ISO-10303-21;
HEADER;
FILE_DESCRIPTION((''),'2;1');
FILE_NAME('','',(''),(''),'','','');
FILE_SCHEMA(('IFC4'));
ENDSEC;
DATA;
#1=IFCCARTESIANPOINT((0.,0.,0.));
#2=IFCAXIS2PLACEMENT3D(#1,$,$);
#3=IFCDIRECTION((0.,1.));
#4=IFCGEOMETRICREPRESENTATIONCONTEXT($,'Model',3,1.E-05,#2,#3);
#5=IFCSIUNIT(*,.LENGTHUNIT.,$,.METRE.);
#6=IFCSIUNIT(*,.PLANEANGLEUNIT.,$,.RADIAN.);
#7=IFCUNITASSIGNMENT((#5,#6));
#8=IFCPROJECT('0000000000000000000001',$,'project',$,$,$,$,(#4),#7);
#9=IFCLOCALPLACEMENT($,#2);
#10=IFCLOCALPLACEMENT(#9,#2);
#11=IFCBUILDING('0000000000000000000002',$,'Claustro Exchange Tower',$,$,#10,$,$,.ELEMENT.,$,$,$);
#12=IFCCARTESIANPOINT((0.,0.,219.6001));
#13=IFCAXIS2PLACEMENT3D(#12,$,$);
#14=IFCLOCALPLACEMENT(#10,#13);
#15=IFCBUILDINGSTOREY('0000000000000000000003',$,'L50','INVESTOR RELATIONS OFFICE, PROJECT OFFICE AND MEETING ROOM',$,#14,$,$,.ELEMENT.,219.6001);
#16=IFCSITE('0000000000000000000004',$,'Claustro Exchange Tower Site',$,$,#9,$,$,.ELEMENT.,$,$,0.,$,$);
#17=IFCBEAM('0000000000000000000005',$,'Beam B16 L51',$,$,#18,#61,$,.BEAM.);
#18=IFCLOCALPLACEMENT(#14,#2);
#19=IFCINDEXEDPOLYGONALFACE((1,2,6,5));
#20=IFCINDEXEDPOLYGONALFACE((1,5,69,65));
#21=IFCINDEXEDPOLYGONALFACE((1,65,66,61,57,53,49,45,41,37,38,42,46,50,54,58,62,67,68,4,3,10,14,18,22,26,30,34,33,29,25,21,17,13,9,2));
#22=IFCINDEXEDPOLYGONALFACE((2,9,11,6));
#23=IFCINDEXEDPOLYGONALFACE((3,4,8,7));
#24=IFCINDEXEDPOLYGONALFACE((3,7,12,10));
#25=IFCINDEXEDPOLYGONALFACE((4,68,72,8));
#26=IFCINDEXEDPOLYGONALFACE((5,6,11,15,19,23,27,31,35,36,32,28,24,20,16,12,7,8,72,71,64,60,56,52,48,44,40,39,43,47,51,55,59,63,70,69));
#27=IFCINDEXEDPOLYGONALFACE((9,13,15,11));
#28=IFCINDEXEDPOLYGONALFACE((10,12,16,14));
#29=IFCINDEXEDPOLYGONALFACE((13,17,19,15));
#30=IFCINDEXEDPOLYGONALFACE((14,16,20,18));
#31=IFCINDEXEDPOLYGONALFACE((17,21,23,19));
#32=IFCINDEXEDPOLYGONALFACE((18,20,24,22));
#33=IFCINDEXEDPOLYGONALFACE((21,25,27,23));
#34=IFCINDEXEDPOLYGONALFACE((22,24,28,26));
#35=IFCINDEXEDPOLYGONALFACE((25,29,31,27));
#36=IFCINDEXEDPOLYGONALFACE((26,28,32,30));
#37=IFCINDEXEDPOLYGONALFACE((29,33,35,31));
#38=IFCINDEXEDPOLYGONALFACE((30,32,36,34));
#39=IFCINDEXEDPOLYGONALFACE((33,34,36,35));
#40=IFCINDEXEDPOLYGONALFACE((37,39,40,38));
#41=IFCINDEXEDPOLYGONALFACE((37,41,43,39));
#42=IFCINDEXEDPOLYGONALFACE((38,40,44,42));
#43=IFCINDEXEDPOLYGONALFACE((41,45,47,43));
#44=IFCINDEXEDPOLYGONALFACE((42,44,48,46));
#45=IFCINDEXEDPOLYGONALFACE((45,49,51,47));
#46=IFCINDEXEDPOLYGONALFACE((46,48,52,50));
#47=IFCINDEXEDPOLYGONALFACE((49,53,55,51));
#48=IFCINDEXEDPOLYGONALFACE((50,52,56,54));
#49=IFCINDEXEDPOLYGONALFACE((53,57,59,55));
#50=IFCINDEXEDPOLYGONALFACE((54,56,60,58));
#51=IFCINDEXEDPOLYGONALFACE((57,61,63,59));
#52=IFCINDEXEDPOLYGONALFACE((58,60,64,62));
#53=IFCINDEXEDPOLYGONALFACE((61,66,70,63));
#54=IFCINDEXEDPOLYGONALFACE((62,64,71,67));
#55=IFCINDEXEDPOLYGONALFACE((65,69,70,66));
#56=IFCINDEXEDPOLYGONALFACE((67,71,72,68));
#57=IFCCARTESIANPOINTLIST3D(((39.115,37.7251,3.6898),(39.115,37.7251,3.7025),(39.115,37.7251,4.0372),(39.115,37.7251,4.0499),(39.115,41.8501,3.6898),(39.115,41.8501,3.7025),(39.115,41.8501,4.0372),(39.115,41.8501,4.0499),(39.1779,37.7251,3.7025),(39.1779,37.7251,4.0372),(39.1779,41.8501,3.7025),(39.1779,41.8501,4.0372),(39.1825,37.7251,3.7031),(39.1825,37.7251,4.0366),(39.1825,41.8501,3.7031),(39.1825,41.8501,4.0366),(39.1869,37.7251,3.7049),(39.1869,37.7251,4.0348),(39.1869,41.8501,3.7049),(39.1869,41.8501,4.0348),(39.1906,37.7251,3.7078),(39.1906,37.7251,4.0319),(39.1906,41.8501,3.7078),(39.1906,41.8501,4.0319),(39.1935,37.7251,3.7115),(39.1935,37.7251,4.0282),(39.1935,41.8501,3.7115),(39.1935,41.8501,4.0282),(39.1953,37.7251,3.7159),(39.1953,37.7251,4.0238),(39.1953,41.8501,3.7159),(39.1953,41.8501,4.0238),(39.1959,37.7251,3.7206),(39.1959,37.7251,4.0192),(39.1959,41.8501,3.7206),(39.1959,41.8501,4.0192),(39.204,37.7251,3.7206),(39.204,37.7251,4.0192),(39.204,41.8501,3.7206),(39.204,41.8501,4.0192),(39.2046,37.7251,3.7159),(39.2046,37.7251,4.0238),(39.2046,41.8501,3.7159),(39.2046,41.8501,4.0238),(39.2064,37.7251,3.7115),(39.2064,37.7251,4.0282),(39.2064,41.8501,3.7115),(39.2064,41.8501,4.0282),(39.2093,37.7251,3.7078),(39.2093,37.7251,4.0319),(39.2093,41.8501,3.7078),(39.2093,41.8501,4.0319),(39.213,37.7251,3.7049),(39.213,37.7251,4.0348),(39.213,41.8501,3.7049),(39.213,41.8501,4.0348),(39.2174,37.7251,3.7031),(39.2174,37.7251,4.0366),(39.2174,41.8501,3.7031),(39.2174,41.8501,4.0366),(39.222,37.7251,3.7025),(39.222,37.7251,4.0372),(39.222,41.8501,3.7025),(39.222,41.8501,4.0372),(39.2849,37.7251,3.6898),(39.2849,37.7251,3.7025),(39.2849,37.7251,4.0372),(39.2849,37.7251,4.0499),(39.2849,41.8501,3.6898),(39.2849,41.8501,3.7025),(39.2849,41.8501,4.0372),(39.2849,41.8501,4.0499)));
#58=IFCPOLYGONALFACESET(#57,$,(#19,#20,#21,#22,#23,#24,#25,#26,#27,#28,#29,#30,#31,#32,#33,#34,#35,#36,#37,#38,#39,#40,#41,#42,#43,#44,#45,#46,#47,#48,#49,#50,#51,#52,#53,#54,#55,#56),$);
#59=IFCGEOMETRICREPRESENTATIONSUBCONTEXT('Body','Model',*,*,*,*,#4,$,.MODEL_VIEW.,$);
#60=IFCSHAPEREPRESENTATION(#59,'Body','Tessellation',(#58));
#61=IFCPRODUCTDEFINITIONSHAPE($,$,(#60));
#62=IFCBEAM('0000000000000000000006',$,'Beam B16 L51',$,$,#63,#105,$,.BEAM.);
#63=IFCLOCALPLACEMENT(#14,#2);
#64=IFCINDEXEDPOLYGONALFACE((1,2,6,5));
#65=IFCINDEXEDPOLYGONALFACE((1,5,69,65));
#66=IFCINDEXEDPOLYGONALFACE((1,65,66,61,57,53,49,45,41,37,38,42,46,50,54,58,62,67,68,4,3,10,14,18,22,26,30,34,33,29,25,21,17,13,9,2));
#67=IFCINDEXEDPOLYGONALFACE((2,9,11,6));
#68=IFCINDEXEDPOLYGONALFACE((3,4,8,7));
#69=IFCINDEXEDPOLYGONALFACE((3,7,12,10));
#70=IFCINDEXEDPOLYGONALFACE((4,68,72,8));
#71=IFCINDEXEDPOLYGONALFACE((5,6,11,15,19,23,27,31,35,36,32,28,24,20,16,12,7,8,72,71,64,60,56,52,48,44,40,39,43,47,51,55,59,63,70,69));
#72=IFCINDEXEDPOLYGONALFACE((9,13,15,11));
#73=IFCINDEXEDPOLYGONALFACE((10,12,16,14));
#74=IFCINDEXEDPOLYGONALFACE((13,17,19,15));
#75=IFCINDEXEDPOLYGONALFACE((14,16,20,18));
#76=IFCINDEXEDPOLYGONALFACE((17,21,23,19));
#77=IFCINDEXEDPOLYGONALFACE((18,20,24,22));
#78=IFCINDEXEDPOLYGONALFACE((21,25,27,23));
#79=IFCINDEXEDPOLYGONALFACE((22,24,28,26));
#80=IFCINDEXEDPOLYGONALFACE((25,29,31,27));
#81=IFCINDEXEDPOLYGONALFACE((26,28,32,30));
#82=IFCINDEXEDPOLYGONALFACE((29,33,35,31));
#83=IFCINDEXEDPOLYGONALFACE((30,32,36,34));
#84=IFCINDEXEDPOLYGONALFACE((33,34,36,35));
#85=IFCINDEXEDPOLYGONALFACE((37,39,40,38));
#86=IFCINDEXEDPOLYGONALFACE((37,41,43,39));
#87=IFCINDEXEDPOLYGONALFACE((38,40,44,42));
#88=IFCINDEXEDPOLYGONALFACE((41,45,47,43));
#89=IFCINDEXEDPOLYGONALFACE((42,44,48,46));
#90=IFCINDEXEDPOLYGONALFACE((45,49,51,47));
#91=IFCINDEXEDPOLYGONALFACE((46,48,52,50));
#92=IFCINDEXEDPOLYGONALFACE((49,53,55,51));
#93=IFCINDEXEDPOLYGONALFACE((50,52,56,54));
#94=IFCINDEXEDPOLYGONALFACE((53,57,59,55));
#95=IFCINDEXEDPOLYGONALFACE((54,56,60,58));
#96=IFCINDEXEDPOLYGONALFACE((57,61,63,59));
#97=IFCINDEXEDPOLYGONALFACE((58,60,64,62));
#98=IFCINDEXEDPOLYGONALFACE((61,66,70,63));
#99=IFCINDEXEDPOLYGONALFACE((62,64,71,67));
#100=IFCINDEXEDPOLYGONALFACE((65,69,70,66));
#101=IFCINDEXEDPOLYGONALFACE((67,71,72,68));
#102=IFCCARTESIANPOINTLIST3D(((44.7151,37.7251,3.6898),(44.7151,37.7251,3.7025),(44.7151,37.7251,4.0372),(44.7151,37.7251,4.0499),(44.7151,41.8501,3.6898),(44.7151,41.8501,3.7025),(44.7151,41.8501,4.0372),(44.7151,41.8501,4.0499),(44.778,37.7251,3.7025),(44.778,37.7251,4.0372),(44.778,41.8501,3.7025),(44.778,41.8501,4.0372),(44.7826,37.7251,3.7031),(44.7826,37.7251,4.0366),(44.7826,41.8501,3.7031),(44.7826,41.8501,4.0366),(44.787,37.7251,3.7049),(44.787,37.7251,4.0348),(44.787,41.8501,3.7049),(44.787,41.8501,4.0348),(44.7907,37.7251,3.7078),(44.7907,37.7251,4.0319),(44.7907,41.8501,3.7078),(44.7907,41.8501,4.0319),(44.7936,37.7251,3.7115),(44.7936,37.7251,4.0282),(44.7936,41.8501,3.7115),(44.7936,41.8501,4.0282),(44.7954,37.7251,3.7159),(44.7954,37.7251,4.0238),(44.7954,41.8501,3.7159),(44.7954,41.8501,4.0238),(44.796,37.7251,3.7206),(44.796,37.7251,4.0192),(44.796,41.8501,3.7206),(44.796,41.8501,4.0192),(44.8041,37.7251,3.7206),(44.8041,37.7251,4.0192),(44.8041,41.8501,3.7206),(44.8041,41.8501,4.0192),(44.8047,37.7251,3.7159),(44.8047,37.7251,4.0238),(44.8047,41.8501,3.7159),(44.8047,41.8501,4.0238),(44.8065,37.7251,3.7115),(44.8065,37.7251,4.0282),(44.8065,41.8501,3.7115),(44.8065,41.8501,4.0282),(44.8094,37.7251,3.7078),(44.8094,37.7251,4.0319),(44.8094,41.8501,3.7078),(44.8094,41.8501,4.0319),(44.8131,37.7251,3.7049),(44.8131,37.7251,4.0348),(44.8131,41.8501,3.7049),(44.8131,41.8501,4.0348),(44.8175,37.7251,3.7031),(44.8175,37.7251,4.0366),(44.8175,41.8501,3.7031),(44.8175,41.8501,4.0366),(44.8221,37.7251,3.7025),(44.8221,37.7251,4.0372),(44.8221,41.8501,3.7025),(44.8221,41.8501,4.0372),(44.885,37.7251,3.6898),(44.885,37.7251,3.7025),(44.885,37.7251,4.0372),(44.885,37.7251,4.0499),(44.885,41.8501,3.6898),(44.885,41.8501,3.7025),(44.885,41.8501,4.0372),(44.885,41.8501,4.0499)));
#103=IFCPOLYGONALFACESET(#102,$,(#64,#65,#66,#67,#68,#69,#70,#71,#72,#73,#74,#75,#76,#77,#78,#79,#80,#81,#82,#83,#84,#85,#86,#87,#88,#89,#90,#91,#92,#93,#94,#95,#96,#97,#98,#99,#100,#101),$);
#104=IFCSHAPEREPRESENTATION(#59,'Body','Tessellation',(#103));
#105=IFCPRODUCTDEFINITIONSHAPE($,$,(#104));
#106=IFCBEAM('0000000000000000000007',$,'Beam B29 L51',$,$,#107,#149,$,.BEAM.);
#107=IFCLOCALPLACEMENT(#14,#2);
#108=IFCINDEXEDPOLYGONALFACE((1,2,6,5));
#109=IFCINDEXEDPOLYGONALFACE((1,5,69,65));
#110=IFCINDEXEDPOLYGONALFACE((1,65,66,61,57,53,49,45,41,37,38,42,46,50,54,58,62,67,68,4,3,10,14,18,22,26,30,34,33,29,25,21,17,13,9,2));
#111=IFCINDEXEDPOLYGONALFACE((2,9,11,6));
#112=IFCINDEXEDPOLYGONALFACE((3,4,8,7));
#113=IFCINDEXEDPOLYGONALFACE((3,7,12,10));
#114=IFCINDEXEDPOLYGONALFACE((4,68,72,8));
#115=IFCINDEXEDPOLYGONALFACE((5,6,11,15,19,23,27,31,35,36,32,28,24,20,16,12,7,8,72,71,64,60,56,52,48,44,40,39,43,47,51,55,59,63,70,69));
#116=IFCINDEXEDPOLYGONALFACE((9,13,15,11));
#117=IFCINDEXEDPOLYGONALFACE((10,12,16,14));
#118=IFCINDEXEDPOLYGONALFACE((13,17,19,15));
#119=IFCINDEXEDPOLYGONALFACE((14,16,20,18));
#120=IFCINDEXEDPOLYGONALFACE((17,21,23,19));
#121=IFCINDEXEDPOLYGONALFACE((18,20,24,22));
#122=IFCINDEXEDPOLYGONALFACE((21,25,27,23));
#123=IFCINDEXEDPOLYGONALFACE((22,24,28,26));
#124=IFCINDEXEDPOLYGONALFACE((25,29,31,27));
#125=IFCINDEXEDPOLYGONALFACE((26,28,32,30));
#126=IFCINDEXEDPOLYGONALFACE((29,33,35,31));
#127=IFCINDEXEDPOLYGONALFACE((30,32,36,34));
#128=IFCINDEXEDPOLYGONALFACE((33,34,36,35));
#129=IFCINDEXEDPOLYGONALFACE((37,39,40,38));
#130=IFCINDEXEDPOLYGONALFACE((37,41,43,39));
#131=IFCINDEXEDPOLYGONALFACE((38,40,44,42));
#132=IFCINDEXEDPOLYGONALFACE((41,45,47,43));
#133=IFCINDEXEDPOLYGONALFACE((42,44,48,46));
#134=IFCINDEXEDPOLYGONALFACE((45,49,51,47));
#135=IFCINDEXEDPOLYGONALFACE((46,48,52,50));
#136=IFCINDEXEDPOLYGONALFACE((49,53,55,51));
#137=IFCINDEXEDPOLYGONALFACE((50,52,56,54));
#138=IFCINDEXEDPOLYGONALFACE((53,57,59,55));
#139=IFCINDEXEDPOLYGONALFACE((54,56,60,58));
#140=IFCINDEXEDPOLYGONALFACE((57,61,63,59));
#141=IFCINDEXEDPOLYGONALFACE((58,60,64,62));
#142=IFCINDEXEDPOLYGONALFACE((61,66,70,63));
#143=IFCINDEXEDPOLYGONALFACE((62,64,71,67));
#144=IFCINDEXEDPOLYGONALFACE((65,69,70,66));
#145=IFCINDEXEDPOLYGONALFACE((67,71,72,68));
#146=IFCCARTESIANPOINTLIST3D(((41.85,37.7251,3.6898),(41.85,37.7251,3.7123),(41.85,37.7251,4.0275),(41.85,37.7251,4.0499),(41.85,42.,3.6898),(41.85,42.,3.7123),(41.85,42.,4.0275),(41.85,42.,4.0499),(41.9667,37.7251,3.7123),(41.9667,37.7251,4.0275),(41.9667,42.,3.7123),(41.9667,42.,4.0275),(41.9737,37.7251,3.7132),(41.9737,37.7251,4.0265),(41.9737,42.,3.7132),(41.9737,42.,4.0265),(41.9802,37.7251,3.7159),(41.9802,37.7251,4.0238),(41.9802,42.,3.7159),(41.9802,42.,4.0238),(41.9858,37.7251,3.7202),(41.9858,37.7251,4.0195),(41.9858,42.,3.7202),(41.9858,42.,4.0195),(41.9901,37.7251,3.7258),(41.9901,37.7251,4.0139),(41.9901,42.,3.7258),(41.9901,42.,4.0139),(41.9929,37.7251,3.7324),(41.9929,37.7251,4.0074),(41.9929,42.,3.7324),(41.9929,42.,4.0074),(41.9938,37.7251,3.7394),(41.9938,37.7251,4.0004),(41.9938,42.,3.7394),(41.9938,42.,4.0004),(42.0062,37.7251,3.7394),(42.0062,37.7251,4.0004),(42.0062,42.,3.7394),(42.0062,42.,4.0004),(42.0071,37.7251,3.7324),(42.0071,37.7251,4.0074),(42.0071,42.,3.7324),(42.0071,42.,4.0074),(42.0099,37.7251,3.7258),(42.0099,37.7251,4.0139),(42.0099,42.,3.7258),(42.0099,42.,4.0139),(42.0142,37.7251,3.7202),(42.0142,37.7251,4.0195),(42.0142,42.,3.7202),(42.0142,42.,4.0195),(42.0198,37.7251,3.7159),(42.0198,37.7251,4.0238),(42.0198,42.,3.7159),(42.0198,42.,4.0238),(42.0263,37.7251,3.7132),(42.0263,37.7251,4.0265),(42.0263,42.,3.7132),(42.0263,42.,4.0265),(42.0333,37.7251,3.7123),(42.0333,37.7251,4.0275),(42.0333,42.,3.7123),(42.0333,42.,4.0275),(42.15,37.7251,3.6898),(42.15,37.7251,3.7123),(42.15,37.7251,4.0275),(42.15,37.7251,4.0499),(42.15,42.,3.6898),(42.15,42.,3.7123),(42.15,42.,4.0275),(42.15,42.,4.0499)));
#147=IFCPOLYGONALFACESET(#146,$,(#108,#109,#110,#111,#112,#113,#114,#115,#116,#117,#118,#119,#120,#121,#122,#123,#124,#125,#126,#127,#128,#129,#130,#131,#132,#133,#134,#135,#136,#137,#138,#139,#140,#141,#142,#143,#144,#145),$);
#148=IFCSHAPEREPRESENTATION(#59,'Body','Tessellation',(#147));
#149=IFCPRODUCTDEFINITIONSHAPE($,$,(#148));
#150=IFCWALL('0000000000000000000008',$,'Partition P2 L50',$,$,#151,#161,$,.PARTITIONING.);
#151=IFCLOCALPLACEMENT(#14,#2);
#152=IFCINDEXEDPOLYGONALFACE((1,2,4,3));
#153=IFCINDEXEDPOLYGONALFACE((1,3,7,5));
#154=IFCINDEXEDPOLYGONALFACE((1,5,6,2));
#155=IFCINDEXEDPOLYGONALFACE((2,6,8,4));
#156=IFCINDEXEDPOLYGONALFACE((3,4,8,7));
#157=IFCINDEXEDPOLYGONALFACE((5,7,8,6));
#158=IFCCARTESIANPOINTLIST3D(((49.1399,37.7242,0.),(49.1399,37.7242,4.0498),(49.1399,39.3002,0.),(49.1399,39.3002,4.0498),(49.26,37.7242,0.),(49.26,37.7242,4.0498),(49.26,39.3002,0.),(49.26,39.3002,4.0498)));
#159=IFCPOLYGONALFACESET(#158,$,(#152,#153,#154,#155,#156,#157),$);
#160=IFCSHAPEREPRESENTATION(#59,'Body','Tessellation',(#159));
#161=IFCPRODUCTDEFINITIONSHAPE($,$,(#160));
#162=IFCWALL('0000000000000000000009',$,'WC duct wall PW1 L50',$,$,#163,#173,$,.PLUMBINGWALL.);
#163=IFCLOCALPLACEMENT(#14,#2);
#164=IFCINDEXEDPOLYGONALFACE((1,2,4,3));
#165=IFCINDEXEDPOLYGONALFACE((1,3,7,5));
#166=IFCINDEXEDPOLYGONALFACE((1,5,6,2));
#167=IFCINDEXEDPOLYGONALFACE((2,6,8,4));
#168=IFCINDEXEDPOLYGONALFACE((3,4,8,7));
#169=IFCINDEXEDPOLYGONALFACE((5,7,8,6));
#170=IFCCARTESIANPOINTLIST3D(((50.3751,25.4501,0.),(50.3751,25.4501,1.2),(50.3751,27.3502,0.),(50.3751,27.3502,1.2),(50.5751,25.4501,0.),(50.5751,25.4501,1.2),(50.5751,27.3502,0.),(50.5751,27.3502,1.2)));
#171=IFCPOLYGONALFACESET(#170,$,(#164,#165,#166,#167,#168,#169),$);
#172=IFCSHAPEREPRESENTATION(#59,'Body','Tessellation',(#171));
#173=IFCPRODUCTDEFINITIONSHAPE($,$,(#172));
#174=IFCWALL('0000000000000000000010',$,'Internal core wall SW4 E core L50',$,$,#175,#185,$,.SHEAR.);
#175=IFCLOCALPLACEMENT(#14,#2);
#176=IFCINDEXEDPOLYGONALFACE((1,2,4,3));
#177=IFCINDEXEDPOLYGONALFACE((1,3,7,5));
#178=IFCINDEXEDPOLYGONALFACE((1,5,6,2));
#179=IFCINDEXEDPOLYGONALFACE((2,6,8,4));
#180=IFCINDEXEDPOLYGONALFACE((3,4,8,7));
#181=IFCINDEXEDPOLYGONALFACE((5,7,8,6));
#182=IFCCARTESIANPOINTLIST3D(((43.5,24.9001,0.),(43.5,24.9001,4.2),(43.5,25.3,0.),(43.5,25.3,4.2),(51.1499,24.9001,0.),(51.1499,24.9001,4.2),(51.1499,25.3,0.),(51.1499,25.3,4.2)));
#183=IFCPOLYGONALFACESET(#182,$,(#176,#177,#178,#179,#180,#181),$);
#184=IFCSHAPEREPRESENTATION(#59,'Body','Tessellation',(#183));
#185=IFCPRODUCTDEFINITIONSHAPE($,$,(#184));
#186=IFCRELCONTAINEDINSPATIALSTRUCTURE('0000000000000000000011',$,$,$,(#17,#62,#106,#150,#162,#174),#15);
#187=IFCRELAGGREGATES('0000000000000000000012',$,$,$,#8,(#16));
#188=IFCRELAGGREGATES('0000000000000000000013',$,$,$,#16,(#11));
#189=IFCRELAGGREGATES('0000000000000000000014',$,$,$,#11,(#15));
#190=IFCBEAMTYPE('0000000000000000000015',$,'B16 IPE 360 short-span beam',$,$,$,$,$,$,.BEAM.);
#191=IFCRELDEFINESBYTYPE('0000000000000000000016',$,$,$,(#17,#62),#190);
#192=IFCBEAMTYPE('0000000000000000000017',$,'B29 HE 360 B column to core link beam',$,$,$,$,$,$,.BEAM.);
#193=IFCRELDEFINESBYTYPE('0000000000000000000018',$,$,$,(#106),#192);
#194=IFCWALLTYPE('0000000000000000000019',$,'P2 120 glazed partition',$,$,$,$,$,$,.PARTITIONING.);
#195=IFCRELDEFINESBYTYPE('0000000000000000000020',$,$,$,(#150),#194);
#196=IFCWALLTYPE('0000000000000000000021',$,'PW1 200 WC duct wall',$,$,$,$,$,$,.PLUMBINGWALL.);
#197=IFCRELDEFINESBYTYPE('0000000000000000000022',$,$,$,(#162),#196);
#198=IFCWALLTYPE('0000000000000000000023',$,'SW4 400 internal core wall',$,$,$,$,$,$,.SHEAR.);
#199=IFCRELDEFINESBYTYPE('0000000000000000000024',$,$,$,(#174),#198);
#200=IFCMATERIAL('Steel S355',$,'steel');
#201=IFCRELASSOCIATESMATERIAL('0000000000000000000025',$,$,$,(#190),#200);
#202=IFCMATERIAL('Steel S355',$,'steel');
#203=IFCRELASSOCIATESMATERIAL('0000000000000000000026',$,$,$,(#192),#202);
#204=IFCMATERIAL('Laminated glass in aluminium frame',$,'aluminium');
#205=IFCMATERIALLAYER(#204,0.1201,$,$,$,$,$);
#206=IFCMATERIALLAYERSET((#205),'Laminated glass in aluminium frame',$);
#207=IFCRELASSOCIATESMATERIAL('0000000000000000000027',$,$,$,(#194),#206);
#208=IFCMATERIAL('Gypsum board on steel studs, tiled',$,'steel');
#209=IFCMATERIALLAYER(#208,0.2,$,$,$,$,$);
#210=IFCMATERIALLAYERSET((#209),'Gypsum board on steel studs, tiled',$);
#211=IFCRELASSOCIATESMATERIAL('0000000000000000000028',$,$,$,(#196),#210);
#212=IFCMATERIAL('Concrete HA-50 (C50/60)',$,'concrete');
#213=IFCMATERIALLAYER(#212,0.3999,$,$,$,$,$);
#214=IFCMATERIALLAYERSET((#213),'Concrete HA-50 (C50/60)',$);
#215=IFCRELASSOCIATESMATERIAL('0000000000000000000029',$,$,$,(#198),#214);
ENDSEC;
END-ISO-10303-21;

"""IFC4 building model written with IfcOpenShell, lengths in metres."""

from ifc_helpers import new_model, si_unit, direction, frame, frame_2d, origin, origin_2d, place, context, subcontext, project, spatial, rectangle, i_section, extrude, material, layer, layer_set, material_profile, profile_set, type_object, element, save


model = new_model("IFC4")

# Units and contexts
model_context = context("Model", 3, precision=1e-05, world=origin(), true_north=direction((0.0, 1.0)))
body_context = subcontext(model_context, "Body", "Model", "MODEL_VIEW")
ifc_project = project(units=[si_unit("LENGTHUNIT", "METRE"), si_unit("PLANEANGLEUNIT", "RADIAN")], contexts=[model_context])

# Site, building, storey
site_placement = place(None, origin())
site = spatial("IfcSite", under=ifc_project, at=site_placement, Name="Claustro Exchange Tower Site", CompositionType="ELEMENT", RefElevation=0.0)
building_placement = place(site_placement, origin())
building = spatial("IfcBuilding", under=site, at=building_placement, Name="Claustro Exchange Tower", CompositionType="ELEMENT")
storey_placement = place(building_placement, frame((0.0, 0.0, 219.6001)))
storey = spatial("IfcBuildingStorey", under=building, at=storey_placement, Name="L50", Description="INVESTOR RELATIONS OFFICE, PROJECT OFFICE AND MEETING ROOM", CompositionType="ELEMENT", Elevation=219.6001)

# Beams
ifc_material_1 = material(Name="Steel S355", Category="steel")
ifc_material_profile_1 = material_profile(ifc_material_1, i_section(OverallWidth=0.1699, OverallDepth=0.3601, WebThickness=0.0081, FlangeThickness=0.0127, FilletRadius=0.0181, at=origin_2d()), Name="IPE 360")
ifc_profile_set_1 = profile_set([ifc_material_profile_1], Name="Steel S355")
beam_type_1 = type_object("IfcBeamType", Name="B16 IPE 360 short-span beam", PredefinedType="BEAM", material=ifc_profile_set_1)
for number, where, z_axis, x_axis, name in (
    (1, (39.2, 37.7251, 3.8699), (0.0, 1.0, 0.0), (-1.0, 0.0, 0.0), "Beam B16 L51"),
    (2, (44.8, 37.7251, 3.8699), (0.0, 1.0, 0.0), (-1.0, 0.0, 0.0), "Beam B16 L51"),
):
    element("IfcBeam", number, at=place(storey_placement, frame(where, z_axis=z_axis, x_axis=x_axis)), inside=storey, type_object=beam_type_1, Name=name, PredefinedType="BEAM", context=body_context, shape_type="SweptSolid", body=[
        extrude(i_section(OverallWidth=0.1699, OverallDepth=0.3601, WebThickness=0.0081, FlangeThickness=0.0127, FilletRadius=0.0181, at=origin_2d()), origin(), (0.0, 0.0, 1.0), 4.125),
    ])
ifc_material_2 = material(Name="Steel S355", Category="steel")
ifc_material_profile_2 = material_profile(ifc_material_2, i_section(OverallWidth=0.3, OverallDepth=0.3601, WebThickness=0.0125, FlangeThickness=0.0225, FilletRadius=0.0271, at=origin_2d()), Name="HE 360 B")
ifc_profile_set_2 = profile_set([ifc_material_profile_2], Name="Steel S355")
beam_type_2 = type_object("IfcBeamType", Name="B29 HE 360 B column to core link beam", PredefinedType="BEAM", material=ifc_profile_set_2)
beam_placement = place(storey_placement, frame((42.0, 37.7251, 3.8699), z_axis=(0.0, 1.0, 0.0), x_axis=(-1.0, 0.0, 0.0)))
element("IfcBeam", 3, at=beam_placement, inside=storey, type_object=beam_type_2, Name="Beam B29 L51", PredefinedType="BEAM", context=body_context, shape_type="SweptSolid", body=[
    extrude(i_section(OverallWidth=0.3, OverallDepth=0.3601, WebThickness=0.0125, FlangeThickness=0.0225, FilletRadius=0.0271, at=origin_2d()), origin(), (0.0, 0.0, 1.0), 4.2749),
])

# Walls
ifc_material_3 = material(Name="Laminated glass in aluminium frame", Category="aluminium")
ifc_layer_1 = layer(ifc_material_3, 0.1201)
ifc_layer_set_1 = layer_set([ifc_layer_1], Name="Laminated glass in aluminium frame")
wall_type_1 = type_object("IfcWallType", Name="P2 120 glazed partition", PredefinedType="PARTITIONING", material=ifc_layer_set_1)
wall_1_placement = place(storey_placement, frame((49.2, 37.7241, 0.0), z_axis=(0.0, 0.0, 1.0), x_axis=(0.0, 1.0, 0.0)))
element("IfcWall", 4, at=wall_1_placement, inside=storey, type_object=wall_type_1, Name="Partition P2 L50", PredefinedType="PARTITIONING", context=body_context, shape_type="SweptSolid", body=[
    extrude(rectangle(XDim=1.5759, YDim=0.1201, at=frame_2d((0.7881, 0.0))), origin(), (0.0, 0.0, 1.0), 4.0498),
])
ifc_material_4 = material(Name="Gypsum board on steel studs, tiled", Category="steel")
ifc_layer_2 = layer(ifc_material_4, 0.2)
ifc_layer_set_2 = layer_set([ifc_layer_2], Name="Gypsum board on steel studs, tiled")
wall_type_2 = type_object("IfcWallType", Name="PW1 200 WC duct wall", PredefinedType="PLUMBINGWALL", material=ifc_layer_set_2)
wall_2_placement = place(storey_placement, frame((50.4751, 25.45, 0.0), z_axis=(0.0, 0.0, 1.0), x_axis=(0.0, 1.0, 0.0)))
element("IfcWall", 5, at=wall_2_placement, inside=storey, type_object=wall_type_2, Name="WC duct wall PW1 L50", PredefinedType="PLUMBINGWALL", context=body_context, shape_type="SweptSolid", body=[
    extrude(rectangle(XDim=1.9001, YDim=0.2, at=frame_2d((0.9502, 0.0))), origin(), (0.0, 0.0, 1.0), 1.2),
])
ifc_material_5 = material(Name="Concrete HA-50 (C50/60)", Category="concrete")
ifc_layer_3 = layer(ifc_material_5, 0.3999)
ifc_layer_set_3 = layer_set([ifc_layer_3], Name="Concrete HA-50 (C50/60)")
wall_type_3 = type_object("IfcWallType", Name="SW4 400 internal core wall", PredefinedType="SHEAR", material=ifc_layer_set_3)
for number, where, z_axis, x_axis, name in (
    (6, (51.1499, 25.1001, 0.0), (0.0, 0.0, 1.0), (-1.0, 0.0, 0.0), "Internal core wall SW4 E core L50"),
):
    element("IfcWall", number, at=place(storey_placement, frame(where, z_axis=z_axis, x_axis=x_axis)), inside=storey, type_object=wall_type_3, Name=name, PredefinedType="SHEAR", context=body_context, shape_type="SweptSolid", body=[
        extrude(rectangle(XDim=7.6499, YDim=0.3999, at=frame_2d((3.825, 0.0))), origin(), (0.0, 0.0, 1.0), 4.2),
    ])

save(model, "model.ifc")
